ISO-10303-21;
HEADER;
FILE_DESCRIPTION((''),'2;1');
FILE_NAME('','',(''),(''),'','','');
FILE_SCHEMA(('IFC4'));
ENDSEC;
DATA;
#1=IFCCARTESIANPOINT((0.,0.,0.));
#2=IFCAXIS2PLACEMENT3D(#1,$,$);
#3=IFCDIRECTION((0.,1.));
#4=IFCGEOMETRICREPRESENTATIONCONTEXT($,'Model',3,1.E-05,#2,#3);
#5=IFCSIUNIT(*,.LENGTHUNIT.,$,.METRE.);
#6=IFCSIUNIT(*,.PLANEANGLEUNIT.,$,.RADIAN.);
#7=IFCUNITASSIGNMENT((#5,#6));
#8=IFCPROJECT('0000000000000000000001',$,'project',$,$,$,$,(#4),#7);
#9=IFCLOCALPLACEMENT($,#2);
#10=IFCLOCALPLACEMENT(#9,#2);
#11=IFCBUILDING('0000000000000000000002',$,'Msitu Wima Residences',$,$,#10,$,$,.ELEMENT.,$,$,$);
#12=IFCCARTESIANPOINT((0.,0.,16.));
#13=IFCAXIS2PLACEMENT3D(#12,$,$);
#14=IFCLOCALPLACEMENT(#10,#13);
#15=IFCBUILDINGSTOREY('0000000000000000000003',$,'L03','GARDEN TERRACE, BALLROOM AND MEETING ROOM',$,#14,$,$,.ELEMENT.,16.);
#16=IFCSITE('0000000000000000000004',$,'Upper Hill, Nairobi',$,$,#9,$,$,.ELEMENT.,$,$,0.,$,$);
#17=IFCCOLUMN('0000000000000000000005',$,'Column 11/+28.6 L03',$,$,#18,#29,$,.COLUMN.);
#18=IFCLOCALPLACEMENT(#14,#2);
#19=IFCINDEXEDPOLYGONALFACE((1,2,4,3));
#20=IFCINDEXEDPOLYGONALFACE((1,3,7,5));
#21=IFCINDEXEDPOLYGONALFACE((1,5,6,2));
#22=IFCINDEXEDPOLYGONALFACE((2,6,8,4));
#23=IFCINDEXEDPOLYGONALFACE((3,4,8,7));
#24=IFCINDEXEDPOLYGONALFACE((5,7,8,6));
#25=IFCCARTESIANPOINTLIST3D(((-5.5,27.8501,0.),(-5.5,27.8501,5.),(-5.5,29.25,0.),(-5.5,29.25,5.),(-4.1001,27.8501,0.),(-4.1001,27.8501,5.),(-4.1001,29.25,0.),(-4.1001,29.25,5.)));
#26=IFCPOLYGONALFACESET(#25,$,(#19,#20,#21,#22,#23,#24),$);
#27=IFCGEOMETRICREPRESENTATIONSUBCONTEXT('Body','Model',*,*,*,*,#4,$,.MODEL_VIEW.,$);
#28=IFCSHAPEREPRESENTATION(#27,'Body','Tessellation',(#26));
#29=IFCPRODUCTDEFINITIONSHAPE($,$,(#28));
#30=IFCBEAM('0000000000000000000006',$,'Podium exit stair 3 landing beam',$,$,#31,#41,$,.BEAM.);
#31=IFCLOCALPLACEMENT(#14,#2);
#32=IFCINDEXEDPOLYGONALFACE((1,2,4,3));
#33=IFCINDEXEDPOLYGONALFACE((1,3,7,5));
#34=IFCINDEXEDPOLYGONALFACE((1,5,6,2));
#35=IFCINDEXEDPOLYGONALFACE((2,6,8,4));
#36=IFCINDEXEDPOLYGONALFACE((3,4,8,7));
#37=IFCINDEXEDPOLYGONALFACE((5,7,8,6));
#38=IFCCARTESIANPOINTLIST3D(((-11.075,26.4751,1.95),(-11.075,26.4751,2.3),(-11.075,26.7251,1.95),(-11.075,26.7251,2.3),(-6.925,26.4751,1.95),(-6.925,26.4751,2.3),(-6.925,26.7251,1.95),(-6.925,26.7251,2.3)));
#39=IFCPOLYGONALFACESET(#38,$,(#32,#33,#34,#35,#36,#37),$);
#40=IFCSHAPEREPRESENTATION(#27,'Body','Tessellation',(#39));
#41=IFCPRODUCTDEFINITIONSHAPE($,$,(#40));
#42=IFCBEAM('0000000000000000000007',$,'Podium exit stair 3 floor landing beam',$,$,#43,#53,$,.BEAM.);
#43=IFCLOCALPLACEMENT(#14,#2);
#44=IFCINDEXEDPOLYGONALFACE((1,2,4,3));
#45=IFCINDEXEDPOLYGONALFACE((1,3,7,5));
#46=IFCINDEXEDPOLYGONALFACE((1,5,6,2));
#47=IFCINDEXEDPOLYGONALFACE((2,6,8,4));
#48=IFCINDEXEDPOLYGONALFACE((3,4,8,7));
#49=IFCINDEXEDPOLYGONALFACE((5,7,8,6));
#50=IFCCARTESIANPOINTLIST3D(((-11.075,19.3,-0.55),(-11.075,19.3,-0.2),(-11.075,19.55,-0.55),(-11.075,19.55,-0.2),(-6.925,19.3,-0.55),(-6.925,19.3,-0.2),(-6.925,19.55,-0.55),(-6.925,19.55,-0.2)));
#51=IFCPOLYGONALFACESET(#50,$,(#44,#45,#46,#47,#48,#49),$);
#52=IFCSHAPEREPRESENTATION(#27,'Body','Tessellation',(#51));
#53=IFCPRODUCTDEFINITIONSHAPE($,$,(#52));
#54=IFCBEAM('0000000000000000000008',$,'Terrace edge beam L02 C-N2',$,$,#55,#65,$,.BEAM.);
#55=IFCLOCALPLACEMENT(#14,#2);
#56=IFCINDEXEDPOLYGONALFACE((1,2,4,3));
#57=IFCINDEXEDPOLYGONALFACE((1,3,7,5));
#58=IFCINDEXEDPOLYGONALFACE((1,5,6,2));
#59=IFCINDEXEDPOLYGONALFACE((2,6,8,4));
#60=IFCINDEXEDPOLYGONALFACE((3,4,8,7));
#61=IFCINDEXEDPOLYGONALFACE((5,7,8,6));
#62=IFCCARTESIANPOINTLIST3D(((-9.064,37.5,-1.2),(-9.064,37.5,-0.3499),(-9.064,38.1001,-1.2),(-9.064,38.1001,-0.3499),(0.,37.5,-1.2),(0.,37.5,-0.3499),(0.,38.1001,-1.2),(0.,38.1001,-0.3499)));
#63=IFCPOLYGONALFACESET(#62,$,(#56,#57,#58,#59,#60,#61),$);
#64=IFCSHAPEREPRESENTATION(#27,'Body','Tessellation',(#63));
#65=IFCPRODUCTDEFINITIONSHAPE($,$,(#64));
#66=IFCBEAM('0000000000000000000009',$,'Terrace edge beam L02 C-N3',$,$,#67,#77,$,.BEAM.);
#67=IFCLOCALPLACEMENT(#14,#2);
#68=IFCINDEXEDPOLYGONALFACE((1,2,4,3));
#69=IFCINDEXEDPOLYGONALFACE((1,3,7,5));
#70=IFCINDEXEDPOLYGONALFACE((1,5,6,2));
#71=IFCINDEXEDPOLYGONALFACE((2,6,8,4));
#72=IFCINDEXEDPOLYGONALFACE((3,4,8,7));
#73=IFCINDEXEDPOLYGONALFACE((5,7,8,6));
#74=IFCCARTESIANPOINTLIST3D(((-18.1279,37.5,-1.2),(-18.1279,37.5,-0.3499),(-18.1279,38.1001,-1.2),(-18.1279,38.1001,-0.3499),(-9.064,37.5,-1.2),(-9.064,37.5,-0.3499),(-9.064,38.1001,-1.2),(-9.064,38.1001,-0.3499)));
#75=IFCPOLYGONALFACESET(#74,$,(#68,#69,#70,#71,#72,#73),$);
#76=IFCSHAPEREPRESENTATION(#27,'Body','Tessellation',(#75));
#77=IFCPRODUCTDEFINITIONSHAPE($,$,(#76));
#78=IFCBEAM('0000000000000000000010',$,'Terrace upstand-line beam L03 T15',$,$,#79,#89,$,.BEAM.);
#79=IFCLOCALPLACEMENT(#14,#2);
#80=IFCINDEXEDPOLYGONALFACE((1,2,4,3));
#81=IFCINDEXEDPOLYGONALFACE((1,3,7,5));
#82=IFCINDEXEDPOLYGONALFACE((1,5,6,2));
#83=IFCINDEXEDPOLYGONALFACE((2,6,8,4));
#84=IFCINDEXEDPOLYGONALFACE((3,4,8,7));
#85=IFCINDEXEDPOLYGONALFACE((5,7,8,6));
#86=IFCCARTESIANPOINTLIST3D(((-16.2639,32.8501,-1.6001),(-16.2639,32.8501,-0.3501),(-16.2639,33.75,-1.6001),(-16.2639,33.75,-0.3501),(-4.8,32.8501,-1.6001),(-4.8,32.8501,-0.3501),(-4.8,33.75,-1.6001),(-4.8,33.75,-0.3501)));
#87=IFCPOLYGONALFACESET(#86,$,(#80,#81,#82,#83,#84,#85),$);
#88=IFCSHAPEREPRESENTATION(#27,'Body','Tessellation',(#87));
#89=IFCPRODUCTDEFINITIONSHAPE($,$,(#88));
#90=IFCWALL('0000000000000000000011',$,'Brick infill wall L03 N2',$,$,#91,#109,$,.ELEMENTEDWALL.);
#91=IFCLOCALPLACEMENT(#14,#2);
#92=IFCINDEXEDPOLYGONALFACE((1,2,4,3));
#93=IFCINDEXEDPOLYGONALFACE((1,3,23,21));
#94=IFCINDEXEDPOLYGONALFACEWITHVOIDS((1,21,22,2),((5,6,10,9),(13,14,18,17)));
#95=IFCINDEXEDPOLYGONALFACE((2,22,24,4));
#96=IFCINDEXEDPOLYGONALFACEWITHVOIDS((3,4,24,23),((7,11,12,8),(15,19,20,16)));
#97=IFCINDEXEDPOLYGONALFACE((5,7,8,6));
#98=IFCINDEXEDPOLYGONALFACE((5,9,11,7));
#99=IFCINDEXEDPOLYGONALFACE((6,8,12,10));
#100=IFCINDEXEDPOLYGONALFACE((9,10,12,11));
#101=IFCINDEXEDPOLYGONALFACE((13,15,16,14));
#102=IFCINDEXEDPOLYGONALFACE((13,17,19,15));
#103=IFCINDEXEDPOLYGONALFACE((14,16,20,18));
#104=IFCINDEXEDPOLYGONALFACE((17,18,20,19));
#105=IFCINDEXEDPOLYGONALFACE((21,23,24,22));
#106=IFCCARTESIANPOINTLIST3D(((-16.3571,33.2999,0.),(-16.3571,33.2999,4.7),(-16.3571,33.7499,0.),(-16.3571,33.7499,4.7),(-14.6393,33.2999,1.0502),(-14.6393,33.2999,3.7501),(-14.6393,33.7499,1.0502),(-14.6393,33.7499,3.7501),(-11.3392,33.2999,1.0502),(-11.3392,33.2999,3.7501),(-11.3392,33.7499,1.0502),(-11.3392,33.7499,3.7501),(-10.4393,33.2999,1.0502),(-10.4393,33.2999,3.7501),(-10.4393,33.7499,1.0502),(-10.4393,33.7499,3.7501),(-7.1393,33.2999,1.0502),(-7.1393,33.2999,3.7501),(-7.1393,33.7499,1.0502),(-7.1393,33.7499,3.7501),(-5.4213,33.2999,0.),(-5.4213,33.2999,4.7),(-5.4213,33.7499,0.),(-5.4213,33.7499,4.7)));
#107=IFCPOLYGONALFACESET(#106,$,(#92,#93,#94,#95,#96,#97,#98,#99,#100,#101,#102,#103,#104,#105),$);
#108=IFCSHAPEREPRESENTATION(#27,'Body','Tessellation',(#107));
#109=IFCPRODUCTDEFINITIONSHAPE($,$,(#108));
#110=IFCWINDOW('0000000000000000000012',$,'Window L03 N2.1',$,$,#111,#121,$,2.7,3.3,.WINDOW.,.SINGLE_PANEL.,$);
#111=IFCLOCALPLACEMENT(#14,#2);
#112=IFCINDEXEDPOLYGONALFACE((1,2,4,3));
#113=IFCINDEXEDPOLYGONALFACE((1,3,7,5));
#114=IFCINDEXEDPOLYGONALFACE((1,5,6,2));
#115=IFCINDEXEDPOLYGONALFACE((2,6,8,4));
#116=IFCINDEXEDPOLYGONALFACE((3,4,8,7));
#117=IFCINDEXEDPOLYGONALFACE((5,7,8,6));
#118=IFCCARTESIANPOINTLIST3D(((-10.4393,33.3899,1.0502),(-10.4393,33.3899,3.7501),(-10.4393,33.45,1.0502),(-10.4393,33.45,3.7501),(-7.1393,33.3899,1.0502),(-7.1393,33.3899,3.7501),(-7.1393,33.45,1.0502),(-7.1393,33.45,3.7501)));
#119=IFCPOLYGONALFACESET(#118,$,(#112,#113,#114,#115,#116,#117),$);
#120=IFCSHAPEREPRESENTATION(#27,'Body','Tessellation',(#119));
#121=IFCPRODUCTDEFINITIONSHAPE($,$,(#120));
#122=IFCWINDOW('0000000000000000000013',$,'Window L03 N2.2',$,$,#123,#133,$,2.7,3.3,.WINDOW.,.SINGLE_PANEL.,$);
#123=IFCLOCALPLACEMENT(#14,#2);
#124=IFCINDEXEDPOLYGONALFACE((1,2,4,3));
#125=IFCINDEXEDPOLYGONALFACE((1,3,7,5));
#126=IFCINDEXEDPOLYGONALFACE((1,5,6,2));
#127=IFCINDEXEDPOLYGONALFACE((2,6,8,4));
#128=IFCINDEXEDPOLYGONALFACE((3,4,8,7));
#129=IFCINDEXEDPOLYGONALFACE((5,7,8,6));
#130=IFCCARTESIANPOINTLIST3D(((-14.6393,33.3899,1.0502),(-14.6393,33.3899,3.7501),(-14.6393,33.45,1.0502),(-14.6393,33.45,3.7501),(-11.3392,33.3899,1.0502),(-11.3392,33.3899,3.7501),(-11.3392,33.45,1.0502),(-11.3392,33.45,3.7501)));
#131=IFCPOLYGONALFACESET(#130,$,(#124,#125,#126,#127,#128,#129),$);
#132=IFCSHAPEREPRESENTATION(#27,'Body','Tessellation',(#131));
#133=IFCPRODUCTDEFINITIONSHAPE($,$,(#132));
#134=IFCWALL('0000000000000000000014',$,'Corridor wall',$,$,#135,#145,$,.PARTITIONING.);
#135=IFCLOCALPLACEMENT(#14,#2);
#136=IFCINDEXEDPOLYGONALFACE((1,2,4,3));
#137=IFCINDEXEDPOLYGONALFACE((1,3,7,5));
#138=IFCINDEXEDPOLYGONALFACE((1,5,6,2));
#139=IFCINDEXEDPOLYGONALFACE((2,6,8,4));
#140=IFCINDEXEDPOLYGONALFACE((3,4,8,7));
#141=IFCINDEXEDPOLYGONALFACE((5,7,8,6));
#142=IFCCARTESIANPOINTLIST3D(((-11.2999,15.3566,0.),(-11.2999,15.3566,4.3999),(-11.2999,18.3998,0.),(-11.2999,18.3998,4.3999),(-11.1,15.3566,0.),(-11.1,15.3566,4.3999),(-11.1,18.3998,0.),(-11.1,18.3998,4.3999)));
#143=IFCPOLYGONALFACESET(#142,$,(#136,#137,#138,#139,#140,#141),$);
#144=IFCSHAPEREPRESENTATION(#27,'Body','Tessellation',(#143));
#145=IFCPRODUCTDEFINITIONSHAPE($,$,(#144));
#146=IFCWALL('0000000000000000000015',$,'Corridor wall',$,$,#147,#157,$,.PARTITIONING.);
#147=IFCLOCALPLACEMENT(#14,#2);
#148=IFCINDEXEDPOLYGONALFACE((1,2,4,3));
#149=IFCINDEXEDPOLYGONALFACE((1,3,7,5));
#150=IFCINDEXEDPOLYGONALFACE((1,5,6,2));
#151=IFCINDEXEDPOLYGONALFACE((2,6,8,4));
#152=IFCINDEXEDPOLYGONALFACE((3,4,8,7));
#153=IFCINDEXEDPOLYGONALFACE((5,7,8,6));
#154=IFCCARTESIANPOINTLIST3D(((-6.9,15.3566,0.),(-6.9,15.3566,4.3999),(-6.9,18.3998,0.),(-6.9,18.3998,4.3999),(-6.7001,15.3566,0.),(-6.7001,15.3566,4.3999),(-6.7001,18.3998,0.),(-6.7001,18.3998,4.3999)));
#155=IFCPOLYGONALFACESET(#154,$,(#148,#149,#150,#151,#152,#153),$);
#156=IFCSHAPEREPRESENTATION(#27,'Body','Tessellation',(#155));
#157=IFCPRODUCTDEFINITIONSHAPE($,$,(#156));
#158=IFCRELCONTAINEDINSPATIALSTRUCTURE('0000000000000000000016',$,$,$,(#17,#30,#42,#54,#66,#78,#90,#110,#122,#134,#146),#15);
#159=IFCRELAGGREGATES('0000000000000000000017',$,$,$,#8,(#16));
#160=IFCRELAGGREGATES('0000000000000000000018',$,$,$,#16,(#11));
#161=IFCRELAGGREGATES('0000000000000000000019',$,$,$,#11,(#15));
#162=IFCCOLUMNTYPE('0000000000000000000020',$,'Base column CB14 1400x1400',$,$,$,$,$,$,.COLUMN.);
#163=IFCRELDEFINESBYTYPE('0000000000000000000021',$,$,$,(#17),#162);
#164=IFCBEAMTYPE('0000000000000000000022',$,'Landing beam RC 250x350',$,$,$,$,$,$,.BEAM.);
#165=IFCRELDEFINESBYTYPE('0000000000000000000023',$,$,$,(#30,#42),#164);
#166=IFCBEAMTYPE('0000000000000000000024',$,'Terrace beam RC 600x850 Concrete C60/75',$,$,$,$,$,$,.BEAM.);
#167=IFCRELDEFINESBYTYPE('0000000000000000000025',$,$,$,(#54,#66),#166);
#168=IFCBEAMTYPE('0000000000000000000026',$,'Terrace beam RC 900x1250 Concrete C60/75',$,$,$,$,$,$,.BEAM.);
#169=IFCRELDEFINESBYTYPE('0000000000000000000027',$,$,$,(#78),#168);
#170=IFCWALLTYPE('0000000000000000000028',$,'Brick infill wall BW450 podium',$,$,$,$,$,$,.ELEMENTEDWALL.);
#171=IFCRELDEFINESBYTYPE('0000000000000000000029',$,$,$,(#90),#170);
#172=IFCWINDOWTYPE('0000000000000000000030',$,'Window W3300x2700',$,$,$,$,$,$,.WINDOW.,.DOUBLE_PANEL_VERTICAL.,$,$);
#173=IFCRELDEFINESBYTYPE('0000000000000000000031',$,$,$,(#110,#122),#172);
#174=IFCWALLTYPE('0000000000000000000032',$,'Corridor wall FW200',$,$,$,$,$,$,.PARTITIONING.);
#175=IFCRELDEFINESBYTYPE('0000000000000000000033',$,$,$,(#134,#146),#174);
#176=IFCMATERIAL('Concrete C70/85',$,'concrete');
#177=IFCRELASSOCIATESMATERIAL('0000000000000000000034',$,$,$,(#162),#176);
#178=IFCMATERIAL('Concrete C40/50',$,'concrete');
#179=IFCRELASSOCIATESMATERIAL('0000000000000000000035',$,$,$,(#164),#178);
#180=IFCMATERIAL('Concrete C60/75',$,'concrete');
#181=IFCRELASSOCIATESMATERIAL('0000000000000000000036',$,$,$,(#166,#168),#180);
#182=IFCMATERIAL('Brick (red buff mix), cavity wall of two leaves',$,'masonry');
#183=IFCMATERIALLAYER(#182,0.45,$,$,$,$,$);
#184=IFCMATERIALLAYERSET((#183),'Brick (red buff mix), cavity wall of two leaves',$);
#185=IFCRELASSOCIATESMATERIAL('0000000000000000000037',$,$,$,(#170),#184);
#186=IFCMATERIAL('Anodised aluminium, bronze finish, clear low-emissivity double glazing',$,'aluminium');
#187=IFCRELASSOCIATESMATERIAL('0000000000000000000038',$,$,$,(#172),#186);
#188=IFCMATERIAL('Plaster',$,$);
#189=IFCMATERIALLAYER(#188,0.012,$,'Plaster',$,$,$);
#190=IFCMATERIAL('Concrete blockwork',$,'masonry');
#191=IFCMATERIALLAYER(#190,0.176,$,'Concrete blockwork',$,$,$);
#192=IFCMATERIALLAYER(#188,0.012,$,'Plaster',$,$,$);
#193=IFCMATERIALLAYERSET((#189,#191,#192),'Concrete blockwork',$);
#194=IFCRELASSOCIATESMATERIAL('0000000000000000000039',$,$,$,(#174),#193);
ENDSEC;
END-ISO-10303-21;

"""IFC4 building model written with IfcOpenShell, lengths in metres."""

from ifc_helpers import new_model, si_unit, direction, frame, frame_2d, origin, origin_2d, place, context, subcontext, project, spatial, rectangle, extrude, material, layer, layer_set, material_profile, profile_set, type_object, element, fill, save


model = new_model("IFC4")

# Units and contexts
model_context = context("Model", 3, precision=1e-05, world=origin(), true_north=direction((0.0, 1.0)))
body_context = subcontext(model_context, "Body", "Model", "MODEL_VIEW")
ifc_project = project(units=[si_unit("LENGTHUNIT", "METRE"), si_unit("PLANEANGLEUNIT", "RADIAN")], contexts=[model_context])

# Site, building, storey
site_placement = place(None, origin())
site = spatial("IfcSite", under=ifc_project, at=site_placement, Name="Upper Hill, Nairobi", CompositionType="ELEMENT", RefElevation=0.0)
building_placement = place(site_placement, origin())
building = spatial("IfcBuilding", under=site, at=building_placement, Name="Msitu Wima Residences", CompositionType="ELEMENT")
storey_placement = place(building_placement, frame((0.0, 0.0, 16.0)))
storey = spatial("IfcBuildingStorey", under=building, at=storey_placement, Name="L03", Description="GARDEN TERRACE, BALLROOM AND MEETING ROOM", CompositionType="ELEMENT", Elevation=16.0)

# Column
ifc_material_1 = material(Name="Concrete C70/85", Category="concrete")
ifc_material_profile_1 = material_profile(ifc_material_1, rectangle(XDim=1.3999, YDim=1.3999, at=origin_2d()), Name="RC 1400x1400")
ifc_profile_set_1 = profile_set([ifc_material_profile_1], Name="Concrete C70/85")
column_type = type_object("IfcColumnType", Name="Base column CB14 1400x1400", PredefinedType="COLUMN", material=ifc_profile_set_1)
column_placement = place(storey_placement, frame((-4.8, 28.55, 0.0), z_axis=(0.0, 0.0, 1.0), x_axis=(-1.0, 0.0, 0.0)))
element("IfcColumn", 1, at=column_placement, inside=storey, type_object=column_type, Name="Column 11/+28.6 L03", PredefinedType="COLUMN", context=body_context, shape_type="SweptSolid", body=[
    extrude(rectangle(XDim=1.3999, YDim=1.3999, at=origin_2d()), origin(), (0.0, 0.0, 1.0), 5.0),
])

# Beams
ifc_material_2 = material(Name="Concrete C40/50", Category="concrete")
ifc_material_profile_2 = material_profile(ifc_material_2, rectangle(XDim=0.25, YDim=0.3501, at=origin_2d()), Name="RC 250x350")
ifc_profile_set_2 = profile_set([ifc_material_profile_2], Name="Concrete C40/50")
beam_type_1 = type_object("IfcBeamType", Name="Landing beam RC 250x350", PredefinedType="BEAM", material=ifc_profile_set_2)
for number, where, z_axis, x_axis, name in (
    (2, (-6.925, 26.6001, 2.125), (-1.0, 0.0, 0.0), (0.0, -1.0, 0.0), "Podium exit stair 3 landing beam"),
    (3, (-6.925, 19.425, -0.375), (-1.0, 0.0, 0.0), (0.0, -1.0, 0.0), "Podium exit stair 3 floor landing beam"),
):
    element("IfcBeam", number, at=place(storey_placement, frame(where, z_axis=z_axis, x_axis=x_axis)), inside=storey, type_object=beam_type_1, Name=name, PredefinedType="BEAM", context=body_context, shape_type="SweptSolid", body=[
        extrude(rectangle(XDim=0.25, YDim=0.3501, at=origin_2d()), origin(), (0.0, 0.0, 1.0), 4.1499),
    ])
ifc_material_3 = material(Name="Concrete C60/75", Category="concrete")
ifc_material_profile_3 = material_profile(ifc_material_3, rectangle(XDim=0.6001, YDim=0.8501, at=origin_2d()), Name="RC 600x850")
ifc_profile_set_3 = profile_set([ifc_material_profile_3], Name="Concrete C60/75")
beam_type_2 = type_object("IfcBeamType", Name="Terrace beam RC 600x850 Concrete C60/75", PredefinedType="BEAM", material=ifc_profile_set_3)
for number, where, z_axis, x_axis, name in (
    (4, (0.0, 37.8, -0.7749), (-1.0, 0.0, 0.0), (0.0, -1.0, 0.0), "Terrace edge beam L02 C-N2"),
    (5, (-9.064, 37.8, -0.7749), (-1.0, 0.0, 0.0), (0.0, -1.0, 0.0), "Terrace edge beam L02 C-N3"),
):
    element("IfcBeam", number, at=place(storey_placement, frame(where, z_axis=z_axis, x_axis=x_axis)), inside=storey, type_object=beam_type_2, Name=name, PredefinedType="BEAM", context=body_context, shape_type="SweptSolid", body=[
        extrude(rectangle(XDim=0.6001, YDim=0.8501, at=origin_2d()), origin(), (0.0, 0.0, 1.0), 9.064),
    ])
ifc_material_profile_4 = material_profile(ifc_material_3, rectangle(XDim=0.8999, YDim=1.25, at=origin_2d()), Name="RC 900x1250")
ifc_profile_set_4 = profile_set([ifc_material_profile_4], Name="Concrete C60/75")
beam_type_3 = type_object("IfcBeamType", Name="Terrace beam RC 900x1250 Concrete C60/75", PredefinedType="BEAM", material=ifc_profile_set_4)
beam_placement = place(storey_placement, frame((-4.8, 33.3, -0.9751), z_axis=(-1.0, 0.0, 0.0), x_axis=(0.0, -1.0, 0.0)))
element("IfcBeam", 6, at=beam_placement, inside=storey, type_object=beam_type_3, Name="Terrace upstand-line beam L03 T15", PredefinedType="BEAM", context=body_context, shape_type="SweptSolid", body=[
    extrude(rectangle(XDim=0.8999, YDim=1.25, at=origin_2d()), origin(), (0.0, 0.0, 1.0), 11.4639),
])

# Wall, openings, windows
ifc_material_4 = material(Name="Brick (red buff mix), cavity wall of two leaves", Category="masonry")
ifc_layer_1 = layer(ifc_material_4, 0.45)
ifc_layer_set_1 = layer_set([ifc_layer_1], Name="Brick (red buff mix), cavity wall of two leaves")
wall_type_1 = type_object("IfcWallType", Name="Brick infill wall BW450 podium", PredefinedType="ELEMENTEDWALL", material=ifc_layer_set_1)
wall_1_placement = place(storey_placement, frame((-5.4214, 33.5249, 0.0), z_axis=(0.0, 0.0, 1.0), x_axis=(-1.0, 0.0, 0.0)))
wall_1 = element("IfcWall", 7, at=wall_1_placement, inside=storey, type_object=wall_type_1, Name="Brick infill wall L03 N2", PredefinedType="ELEMENTEDWALL", context=body_context, shape_type="SweptSolid", body=[
    extrude(rectangle(XDim=10.9358, YDim=0.45, at=frame_2d((5.4678, 0.0))), origin(), (0.0, 0.0, 1.0), 4.7),
])
opening_1_placement = place(wall_1_placement, frame((1.718, 0.0, 1.05)))
opening_1 = element("IfcOpeningElement", 8, at=opening_1_placement, cuts=wall_1, PredefinedType="OPENING", context=body_context, shape_type="SweptSolid", body=[
    extrude(rectangle(XDim=3.3, YDim=2.7, at=frame_2d((1.6499, 1.3501))), frame((0.0, 0.2349, 0.0), z_axis=(0.0, -1.0, 0.0), x_axis=(1.0, 0.0, 0.0)), (0.0, 0.0, 1.0), 0.47),
])
opening_2_placement = place(wall_1_placement, frame((5.918, 0.0, 1.05)))
opening_2 = element("IfcOpeningElement", 9, at=opening_2_placement, cuts=wall_1, PredefinedType="OPENING", context=body_context, shape_type="SweptSolid", body=[
    extrude(rectangle(XDim=3.3, YDim=2.7, at=frame_2d((1.6499, 1.3501))), frame((0.0, 0.2349, 0.0), z_axis=(0.0, -1.0, 0.0), x_axis=(1.0, 0.0, 0.0)), (0.0, 0.0, 1.0), 0.47),
])
ifc_material_5 = material(Name="Anodised aluminium, bronze finish, clear low-emissivity double glazing", Category="aluminium")
window_type = type_object("IfcWindowType", Name="Window W3300x2700", PartitioningType="DOUBLE_PANEL_VERTICAL", PredefinedType="WINDOW", material=ifc_material_5)
window_1_placement = place(opening_1_placement, origin())
window_1 = element("IfcWindow", 10, at=window_1_placement, inside=storey, type_object=window_type, Name="Window L03 N2.1", OverallHeight=2.7, OverallWidth=3.3, PartitioningType="SINGLE_PANEL", PredefinedType="WINDOW", context=body_context, shape_type="SweptSolid", body=[
    extrude(rectangle(XDim=3.3, YDim=2.7, at=frame_2d((1.6499, 1.3501))), frame((0.0, 0.135, 0.0), z_axis=(0.0, -1.0, 0.0), x_axis=(1.0, 0.0, 0.0)), (0.0, 0.0, 1.0), 0.0601),
])
fill(opening_1, window_1)
window_2_placement = place(opening_2_placement, origin())
window_2 = element("IfcWindow", 11, at=window_2_placement, inside=storey, type_object=window_type, Name="Window L03 N2.2", OverallHeight=2.7, OverallWidth=3.3, PartitioningType="SINGLE_PANEL", PredefinedType="WINDOW", context=body_context, shape_type="SweptSolid", body=[
    extrude(rectangle(XDim=3.3, YDim=2.7, at=frame_2d((1.6499, 1.3501))), frame((0.0, 0.135, 0.0), z_axis=(0.0, -1.0, 0.0), x_axis=(1.0, 0.0, 0.0)), (0.0, 0.0, 1.0), 0.0601),
])
fill(opening_2, window_2)

# Walls
ifc_material_6 = material(Name="Plaster")
ifc_layer_2 = layer(ifc_material_6, 0.012, Name="Plaster")
ifc_material_7 = material(Name="Concrete blockwork", Category="masonry")
ifc_layer_3 = layer(ifc_material_7, 0.176, Name="Concrete blockwork")
ifc_layer_4 = layer(ifc_material_6, 0.012, Name="Plaster")
ifc_layer_set_2 = layer_set([ifc_layer_2, ifc_layer_3, ifc_layer_4], Name="Concrete blockwork")
wall_type_2 = type_object("IfcWallType", Name="Corridor wall FW200", PredefinedType="PARTITIONING", material=ifc_layer_set_2)
for number, where, z_axis, x_axis, name in (
    (12, (-11.2, 15.3567, 0.0), (0.0, 0.0, 1.0), (0.0, 1.0, 0.0), "Corridor wall"),
    (13, (-6.8, 15.3567, 0.0), (0.0, 0.0, 1.0), (0.0, 1.0, 0.0), "Corridor wall"),
):
    element("IfcWall", number, at=place(storey_placement, frame(where, z_axis=z_axis, x_axis=x_axis)), inside=storey, type_object=wall_type_2, Name=name, PredefinedType="PARTITIONING", context=body_context, shape_type="SweptSolid", body=[
        extrude(rectangle(XDim=3.0432, YDim=0.2, at=frame_2d((1.5215, 0.0))), origin(), (0.0, 0.0, 1.0), 4.3999),
    ])

save(model, "model.ifc")
